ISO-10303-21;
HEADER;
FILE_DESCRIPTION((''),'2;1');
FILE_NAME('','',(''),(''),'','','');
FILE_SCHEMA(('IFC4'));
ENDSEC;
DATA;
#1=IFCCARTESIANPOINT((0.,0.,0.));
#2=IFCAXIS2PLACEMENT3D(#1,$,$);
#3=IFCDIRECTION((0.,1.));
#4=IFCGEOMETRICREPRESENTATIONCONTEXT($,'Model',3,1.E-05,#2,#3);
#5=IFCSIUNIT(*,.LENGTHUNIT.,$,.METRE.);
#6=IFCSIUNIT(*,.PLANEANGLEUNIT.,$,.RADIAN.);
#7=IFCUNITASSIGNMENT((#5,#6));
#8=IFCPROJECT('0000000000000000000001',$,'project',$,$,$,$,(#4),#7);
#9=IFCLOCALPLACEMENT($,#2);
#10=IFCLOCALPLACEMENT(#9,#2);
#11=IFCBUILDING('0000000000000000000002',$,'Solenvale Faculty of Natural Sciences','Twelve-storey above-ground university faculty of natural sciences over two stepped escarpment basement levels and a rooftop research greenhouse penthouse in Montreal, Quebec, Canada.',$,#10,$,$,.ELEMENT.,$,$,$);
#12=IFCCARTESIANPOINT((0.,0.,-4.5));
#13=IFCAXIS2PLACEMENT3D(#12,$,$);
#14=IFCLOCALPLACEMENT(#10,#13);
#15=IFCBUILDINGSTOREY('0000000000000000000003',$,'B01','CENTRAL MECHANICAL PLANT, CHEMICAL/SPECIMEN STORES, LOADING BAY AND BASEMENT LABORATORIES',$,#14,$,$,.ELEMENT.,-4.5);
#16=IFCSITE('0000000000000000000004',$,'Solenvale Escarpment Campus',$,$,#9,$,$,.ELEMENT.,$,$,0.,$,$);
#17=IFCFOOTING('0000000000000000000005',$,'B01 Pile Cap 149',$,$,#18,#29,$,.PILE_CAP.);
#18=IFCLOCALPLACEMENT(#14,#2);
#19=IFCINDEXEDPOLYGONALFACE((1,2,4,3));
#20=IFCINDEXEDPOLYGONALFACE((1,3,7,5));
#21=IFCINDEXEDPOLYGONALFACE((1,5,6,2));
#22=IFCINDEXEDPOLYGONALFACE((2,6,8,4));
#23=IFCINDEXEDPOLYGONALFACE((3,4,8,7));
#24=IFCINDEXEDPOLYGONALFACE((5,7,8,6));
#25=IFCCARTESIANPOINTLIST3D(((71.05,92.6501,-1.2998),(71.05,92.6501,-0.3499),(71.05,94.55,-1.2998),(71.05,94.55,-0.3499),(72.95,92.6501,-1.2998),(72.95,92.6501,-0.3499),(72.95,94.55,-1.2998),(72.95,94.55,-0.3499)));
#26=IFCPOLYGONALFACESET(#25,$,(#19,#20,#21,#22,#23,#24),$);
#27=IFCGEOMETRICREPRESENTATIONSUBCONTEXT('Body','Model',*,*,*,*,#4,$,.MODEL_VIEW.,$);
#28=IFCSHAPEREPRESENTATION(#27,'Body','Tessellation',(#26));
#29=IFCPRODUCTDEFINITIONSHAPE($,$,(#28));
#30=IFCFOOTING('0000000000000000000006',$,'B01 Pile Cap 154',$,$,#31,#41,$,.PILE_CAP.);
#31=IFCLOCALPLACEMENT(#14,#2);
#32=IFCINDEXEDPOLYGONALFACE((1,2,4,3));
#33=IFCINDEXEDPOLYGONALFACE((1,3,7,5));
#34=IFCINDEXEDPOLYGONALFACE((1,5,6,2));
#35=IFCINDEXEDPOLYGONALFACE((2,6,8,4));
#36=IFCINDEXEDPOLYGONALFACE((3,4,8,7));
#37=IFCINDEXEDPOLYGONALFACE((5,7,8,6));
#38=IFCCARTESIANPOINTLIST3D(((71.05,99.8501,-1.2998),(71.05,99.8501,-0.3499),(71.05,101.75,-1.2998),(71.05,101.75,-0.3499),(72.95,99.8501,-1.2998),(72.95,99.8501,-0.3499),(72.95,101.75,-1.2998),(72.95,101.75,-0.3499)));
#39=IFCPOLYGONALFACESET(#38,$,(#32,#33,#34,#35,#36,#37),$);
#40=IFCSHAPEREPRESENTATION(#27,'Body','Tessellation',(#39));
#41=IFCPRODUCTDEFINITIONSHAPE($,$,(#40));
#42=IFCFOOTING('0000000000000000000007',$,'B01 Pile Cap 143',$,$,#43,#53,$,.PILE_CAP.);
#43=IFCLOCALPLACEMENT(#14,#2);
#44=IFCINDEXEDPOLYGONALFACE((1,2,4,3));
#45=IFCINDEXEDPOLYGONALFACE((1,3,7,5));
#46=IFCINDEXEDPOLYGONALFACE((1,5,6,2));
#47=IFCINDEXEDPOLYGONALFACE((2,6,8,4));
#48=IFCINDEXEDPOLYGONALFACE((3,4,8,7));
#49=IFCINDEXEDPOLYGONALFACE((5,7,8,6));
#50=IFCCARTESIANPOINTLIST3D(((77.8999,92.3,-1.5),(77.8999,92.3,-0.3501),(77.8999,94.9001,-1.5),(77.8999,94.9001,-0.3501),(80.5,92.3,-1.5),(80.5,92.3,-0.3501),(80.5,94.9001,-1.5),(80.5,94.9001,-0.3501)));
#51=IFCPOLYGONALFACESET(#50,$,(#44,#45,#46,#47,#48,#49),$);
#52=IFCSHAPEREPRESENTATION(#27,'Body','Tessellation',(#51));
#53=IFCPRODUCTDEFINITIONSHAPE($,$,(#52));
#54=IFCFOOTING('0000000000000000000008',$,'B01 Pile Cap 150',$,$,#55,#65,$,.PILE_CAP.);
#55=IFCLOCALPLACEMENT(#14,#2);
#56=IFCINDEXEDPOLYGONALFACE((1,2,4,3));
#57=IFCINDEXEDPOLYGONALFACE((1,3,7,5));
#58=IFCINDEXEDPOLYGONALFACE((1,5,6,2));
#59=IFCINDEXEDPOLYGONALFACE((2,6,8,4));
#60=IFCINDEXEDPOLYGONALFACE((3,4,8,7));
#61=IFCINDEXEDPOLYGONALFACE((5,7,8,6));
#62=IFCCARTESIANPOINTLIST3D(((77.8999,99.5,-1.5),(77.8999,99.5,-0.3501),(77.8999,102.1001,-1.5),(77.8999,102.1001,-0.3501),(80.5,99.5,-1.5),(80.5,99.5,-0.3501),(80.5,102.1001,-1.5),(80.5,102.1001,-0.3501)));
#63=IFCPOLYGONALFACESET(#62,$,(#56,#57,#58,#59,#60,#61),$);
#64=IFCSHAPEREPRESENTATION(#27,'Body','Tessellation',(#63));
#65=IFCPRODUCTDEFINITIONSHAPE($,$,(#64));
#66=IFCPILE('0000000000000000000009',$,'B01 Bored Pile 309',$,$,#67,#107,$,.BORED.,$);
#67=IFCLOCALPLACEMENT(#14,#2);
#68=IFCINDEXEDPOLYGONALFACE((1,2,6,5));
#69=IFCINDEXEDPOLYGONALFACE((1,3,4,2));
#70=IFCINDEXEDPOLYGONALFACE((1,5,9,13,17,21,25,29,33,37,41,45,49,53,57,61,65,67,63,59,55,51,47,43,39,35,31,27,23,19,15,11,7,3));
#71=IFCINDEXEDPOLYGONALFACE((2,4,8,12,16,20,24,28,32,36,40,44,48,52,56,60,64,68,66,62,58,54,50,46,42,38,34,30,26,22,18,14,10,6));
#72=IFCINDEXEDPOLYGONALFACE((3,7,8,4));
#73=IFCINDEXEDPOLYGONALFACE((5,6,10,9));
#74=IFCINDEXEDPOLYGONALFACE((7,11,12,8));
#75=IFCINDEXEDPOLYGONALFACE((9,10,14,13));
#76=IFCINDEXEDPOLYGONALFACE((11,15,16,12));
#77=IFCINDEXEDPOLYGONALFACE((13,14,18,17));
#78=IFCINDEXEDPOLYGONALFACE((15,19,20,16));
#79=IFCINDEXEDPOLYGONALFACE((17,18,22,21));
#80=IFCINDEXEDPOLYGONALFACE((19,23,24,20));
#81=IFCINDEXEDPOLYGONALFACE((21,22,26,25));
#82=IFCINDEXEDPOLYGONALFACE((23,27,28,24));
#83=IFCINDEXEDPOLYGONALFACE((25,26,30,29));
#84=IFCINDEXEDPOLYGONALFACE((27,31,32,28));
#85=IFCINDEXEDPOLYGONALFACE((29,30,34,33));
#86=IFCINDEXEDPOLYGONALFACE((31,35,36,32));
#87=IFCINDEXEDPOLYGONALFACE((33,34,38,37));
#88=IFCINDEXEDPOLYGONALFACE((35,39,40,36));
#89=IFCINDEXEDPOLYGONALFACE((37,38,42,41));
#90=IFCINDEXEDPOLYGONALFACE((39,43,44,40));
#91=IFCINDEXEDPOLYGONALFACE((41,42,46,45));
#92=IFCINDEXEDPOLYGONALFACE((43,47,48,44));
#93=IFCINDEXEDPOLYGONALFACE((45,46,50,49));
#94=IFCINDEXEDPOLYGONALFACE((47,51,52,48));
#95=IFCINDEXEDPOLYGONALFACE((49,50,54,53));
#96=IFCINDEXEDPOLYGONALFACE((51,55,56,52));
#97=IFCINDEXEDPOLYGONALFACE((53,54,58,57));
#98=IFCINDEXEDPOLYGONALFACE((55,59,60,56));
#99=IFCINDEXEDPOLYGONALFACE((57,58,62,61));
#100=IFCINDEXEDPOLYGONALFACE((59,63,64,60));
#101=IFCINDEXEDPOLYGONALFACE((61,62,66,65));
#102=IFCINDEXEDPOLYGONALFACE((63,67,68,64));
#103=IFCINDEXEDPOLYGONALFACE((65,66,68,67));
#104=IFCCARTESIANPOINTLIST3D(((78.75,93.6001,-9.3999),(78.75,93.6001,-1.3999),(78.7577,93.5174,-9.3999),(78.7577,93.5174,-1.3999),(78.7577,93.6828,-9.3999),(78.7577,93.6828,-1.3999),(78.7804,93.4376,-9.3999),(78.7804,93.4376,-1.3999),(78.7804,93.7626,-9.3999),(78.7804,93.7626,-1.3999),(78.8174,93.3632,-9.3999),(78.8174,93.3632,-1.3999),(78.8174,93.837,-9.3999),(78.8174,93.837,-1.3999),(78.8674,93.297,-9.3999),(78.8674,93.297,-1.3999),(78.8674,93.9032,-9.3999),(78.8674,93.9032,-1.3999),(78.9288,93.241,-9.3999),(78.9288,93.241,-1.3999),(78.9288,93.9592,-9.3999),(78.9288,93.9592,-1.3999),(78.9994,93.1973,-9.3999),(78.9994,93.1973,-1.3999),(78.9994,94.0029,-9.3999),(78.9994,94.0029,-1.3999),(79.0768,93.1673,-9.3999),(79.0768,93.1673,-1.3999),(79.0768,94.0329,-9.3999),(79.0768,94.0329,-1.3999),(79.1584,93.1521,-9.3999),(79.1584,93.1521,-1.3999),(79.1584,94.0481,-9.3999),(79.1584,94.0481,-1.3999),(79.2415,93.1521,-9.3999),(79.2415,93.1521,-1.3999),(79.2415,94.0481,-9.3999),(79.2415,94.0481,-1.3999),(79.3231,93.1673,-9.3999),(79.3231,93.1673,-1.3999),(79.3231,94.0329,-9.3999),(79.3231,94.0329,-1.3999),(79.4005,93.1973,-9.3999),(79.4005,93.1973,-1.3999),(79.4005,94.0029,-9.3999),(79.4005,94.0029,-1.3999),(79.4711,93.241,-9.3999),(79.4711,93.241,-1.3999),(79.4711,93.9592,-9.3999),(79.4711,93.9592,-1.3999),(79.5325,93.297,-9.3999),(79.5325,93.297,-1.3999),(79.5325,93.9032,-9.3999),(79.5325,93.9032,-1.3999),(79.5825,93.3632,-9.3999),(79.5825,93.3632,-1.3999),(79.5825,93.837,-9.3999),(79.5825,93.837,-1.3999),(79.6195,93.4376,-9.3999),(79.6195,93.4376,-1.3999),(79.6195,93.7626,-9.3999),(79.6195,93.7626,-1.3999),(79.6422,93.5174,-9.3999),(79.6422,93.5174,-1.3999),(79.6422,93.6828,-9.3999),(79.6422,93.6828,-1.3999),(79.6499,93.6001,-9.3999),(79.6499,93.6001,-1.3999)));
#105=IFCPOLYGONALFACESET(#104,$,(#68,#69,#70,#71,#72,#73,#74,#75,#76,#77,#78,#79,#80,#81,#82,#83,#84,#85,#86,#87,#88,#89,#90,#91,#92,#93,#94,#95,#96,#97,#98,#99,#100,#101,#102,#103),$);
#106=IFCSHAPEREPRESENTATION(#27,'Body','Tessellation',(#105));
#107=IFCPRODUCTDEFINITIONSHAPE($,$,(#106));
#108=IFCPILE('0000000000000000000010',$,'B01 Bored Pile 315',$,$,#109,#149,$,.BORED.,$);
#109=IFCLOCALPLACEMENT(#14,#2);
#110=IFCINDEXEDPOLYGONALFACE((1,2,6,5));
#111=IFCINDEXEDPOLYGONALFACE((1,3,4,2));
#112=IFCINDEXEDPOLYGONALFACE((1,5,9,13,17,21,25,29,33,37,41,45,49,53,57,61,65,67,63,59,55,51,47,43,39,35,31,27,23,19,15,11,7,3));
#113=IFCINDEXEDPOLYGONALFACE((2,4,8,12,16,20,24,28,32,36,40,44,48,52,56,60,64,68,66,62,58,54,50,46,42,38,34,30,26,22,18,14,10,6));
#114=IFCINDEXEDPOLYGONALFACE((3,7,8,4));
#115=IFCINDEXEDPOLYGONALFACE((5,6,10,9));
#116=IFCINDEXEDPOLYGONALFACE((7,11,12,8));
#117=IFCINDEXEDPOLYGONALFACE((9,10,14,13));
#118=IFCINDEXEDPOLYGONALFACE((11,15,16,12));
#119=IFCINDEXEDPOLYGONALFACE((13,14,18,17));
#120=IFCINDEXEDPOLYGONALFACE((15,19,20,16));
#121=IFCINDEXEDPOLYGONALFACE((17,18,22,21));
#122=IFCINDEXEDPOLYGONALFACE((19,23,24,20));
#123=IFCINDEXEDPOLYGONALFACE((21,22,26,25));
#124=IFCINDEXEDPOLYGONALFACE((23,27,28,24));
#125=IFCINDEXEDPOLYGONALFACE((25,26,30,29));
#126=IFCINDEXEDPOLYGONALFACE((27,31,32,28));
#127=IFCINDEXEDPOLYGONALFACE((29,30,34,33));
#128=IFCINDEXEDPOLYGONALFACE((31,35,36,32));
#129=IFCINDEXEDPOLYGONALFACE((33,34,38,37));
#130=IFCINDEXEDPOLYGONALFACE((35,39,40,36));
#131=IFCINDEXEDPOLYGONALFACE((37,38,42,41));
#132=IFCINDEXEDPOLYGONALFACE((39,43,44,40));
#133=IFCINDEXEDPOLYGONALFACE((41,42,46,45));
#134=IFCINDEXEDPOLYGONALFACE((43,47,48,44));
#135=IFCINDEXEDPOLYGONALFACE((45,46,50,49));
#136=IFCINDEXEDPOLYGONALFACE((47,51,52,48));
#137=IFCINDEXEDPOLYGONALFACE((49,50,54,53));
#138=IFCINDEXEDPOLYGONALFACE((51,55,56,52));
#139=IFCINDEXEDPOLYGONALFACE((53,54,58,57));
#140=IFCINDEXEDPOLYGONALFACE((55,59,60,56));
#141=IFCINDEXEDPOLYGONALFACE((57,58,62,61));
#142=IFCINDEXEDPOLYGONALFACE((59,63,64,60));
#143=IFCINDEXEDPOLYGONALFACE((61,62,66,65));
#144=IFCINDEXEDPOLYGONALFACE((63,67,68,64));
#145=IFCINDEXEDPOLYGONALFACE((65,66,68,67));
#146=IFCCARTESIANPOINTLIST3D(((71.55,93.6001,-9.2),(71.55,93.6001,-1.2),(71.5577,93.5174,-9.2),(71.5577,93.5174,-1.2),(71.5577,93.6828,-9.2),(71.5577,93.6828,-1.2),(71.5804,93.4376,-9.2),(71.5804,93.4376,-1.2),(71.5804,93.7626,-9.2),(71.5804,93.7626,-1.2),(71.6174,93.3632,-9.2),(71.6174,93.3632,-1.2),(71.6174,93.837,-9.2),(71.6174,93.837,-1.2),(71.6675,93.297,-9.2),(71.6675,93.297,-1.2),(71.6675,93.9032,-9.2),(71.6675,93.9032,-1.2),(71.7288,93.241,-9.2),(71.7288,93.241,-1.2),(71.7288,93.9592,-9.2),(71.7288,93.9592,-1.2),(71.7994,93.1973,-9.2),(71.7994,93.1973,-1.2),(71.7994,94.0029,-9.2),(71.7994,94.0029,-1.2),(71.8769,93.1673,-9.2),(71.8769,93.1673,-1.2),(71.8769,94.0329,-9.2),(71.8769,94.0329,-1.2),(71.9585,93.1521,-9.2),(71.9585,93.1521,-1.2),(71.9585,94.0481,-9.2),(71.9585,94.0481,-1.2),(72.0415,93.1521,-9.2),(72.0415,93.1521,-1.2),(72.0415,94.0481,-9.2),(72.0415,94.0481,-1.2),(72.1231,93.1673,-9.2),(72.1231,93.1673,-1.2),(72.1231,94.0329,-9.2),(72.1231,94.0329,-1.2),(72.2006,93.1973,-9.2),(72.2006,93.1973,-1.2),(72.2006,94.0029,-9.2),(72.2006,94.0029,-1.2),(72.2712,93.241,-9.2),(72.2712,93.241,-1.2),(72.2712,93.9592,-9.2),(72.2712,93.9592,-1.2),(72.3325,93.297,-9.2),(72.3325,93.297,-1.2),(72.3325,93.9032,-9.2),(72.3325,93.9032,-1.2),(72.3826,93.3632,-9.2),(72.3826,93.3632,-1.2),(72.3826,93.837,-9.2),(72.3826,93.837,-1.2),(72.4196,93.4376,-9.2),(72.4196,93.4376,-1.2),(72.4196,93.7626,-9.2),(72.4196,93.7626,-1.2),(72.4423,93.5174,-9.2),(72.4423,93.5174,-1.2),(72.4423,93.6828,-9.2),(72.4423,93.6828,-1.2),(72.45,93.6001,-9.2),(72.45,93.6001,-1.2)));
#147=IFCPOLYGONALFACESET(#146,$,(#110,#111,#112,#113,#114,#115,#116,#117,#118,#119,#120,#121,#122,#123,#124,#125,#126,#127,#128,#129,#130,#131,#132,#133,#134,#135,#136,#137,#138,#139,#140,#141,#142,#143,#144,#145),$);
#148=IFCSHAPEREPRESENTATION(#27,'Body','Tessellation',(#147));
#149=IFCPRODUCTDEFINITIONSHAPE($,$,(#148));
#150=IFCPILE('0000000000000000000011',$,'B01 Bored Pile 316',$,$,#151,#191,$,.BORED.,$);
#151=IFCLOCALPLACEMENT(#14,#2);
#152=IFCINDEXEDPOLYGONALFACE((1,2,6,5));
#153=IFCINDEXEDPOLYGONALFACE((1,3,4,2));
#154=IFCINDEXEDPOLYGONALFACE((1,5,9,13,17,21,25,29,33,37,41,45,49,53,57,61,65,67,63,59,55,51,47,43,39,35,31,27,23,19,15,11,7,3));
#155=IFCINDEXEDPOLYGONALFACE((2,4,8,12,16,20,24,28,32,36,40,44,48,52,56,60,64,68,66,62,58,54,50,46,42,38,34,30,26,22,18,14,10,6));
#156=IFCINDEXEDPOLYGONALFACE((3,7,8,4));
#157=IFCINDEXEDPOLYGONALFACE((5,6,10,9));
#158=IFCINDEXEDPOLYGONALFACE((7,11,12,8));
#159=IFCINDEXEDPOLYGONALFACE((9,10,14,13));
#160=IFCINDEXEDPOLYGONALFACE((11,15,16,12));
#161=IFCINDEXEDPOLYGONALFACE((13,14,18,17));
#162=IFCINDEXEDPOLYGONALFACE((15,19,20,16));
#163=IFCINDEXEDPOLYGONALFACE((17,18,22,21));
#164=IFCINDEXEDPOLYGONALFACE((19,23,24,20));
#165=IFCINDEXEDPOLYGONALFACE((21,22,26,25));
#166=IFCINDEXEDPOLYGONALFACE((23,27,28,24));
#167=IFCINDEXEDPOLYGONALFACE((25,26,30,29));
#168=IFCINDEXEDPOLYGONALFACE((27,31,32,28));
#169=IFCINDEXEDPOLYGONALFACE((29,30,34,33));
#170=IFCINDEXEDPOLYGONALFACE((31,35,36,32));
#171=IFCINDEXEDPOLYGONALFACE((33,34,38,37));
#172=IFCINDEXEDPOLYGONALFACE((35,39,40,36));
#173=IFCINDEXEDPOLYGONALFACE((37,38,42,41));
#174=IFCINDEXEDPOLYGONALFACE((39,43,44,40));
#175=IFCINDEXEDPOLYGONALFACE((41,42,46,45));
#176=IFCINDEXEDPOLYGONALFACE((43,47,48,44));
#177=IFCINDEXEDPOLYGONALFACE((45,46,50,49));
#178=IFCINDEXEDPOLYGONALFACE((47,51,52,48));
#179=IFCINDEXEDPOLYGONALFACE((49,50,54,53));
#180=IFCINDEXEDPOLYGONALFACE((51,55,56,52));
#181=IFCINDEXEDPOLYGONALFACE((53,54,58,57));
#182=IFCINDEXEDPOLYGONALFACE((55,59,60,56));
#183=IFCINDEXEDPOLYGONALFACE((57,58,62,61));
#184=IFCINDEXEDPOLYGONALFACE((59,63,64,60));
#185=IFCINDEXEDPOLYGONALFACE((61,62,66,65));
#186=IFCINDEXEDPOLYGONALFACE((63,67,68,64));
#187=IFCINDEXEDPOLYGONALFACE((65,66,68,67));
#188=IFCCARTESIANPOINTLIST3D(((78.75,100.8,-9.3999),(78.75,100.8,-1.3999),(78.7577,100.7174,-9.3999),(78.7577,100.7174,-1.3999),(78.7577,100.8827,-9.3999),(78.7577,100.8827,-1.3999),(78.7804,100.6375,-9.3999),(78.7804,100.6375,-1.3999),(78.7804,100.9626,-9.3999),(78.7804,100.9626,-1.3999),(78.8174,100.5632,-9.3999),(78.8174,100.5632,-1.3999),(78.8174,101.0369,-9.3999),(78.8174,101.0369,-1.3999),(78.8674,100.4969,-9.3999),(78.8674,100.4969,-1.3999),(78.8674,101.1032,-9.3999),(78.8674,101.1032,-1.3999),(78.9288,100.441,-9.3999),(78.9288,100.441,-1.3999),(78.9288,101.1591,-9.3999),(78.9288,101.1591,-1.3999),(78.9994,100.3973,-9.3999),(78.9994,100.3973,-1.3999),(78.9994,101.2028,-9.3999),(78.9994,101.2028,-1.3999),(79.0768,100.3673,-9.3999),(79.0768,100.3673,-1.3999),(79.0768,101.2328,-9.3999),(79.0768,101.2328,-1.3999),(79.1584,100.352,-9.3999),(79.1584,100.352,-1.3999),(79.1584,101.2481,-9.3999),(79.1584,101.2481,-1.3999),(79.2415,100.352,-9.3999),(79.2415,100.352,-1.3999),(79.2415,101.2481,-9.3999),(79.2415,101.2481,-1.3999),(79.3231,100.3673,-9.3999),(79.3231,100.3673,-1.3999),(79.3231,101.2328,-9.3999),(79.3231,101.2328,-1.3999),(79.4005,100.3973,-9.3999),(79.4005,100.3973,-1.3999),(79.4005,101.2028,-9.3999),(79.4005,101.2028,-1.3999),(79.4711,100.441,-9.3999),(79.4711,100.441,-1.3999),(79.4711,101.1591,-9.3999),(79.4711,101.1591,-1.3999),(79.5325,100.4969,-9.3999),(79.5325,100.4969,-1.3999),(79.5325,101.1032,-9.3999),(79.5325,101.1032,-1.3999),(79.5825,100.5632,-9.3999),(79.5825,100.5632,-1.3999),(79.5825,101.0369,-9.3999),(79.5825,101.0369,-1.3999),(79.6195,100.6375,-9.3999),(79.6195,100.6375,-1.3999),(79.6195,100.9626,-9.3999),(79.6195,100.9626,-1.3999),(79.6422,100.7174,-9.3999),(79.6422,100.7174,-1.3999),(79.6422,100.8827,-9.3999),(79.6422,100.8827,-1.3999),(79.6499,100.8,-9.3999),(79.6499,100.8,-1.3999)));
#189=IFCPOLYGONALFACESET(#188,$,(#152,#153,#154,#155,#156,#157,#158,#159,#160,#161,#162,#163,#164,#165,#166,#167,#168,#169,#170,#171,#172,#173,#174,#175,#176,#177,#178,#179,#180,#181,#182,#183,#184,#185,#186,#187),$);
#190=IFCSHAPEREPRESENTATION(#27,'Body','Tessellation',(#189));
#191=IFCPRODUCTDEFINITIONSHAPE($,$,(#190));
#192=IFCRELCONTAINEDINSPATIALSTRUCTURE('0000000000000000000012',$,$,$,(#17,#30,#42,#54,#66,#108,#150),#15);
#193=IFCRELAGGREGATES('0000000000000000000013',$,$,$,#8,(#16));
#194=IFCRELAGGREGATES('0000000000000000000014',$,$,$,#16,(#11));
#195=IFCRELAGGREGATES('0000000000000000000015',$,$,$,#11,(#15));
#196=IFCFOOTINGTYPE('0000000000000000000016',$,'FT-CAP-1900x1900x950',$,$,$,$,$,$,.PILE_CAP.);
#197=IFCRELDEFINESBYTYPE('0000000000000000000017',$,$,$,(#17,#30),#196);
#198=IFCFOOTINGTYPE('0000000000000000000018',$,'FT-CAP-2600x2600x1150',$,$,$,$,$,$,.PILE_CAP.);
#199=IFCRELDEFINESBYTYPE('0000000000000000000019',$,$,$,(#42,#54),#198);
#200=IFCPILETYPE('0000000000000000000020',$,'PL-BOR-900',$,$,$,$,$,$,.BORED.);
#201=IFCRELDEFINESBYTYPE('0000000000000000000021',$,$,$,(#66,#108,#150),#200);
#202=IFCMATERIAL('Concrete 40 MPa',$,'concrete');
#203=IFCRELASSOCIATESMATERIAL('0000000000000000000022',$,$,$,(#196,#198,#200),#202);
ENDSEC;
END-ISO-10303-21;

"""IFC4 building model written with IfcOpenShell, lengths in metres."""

from ifc_helpers import new_model, si_unit, direction, frame, origin, origin_2d, place, context, subcontext, project, spatial, rectangle, circle, extrude, material, material_profile, profile_set, type_object, element, save


model = new_model("IFC4")

# Units and contexts
model_context = context("Model", 3, precision=1e-05, world=origin(), true_north=direction((0.0, 1.0)))
body_context = subcontext(model_context, "Body", "Model", "MODEL_VIEW")
ifc_project = project(units=[si_unit("LENGTHUNIT", "METRE"), si_unit("PLANEANGLEUNIT", "RADIAN")], contexts=[model_context])

# Site, building, storey
site_placement = place(None, origin())
site = spatial("IfcSite", under=ifc_project, at=site_placement, Name="Solenvale Escarpment Campus", CompositionType="ELEMENT", RefElevation=0.0)
building_placement = place(site_placement, origin())
building = spatial("IfcBuilding", under=site, at=building_placement, Name="Solenvale Faculty of Natural Sciences", Description="Twelve-storey above-ground university faculty of natural sciences over two stepped escarpment basement levels and a rooftop research greenhouse penthouse in Montreal, Quebec, Canada.", CompositionType="ELEMENT")
storey_placement = place(building_placement, frame((0.0, 0.0, -4.5)))
storey = spatial("IfcBuildingStorey", under=building, at=storey_placement, Name="B01", Description="CENTRAL MECHANICAL PLANT, CHEMICAL/SPECIMEN STORES, LOADING BAY AND BASEMENT LABORATORIES", CompositionType="ELEMENT", Elevation=-4.5)

# Footings
ifc_material_1 = material(Name="Concrete 40 MPa", Category="concrete")
footing_type_1 = type_object("IfcFootingType", Name="FT-CAP-1900x1900x950", PredefinedType="PILE_CAP", material=ifc_material_1)
for number, where, z_axis, x_axis, name in (
    (1, (72.0, 93.6001, -1.2998), (0.0, 0.0, 1.0), (1.0, 0.0, 0.0), "B01 Pile Cap 149"),
    (2, (72.0, 100.8, -1.2998), (0.0, 0.0, 1.0), (1.0, 0.0, 0.0), "B01 Pile Cap 154"),
):
    element("IfcFooting", number, at=place(storey_placement, frame(where, z_axis=z_axis, x_axis=x_axis)), inside=storey, type_object=footing_type_1, Name=name, PredefinedType="PILE_CAP", context=body_context, shape_type="SweptSolid", body=[
        extrude(rectangle(XDim=1.8999, YDim=1.8999, at=origin_2d()), origin(), (0.0, 0.0, 1.0), 0.95),
    ])
footing_type_2 = type_object("IfcFootingType", Name="FT-CAP-2600x2600x1150", PredefinedType="PILE_CAP", material=ifc_material_1)
for number, where, z_axis, x_axis, name in (
    (3, (79.2, 93.6001, -1.5), (0.0, 0.0, 1.0), (1.0, 0.0, 0.0), "B01 Pile Cap 143"),
    (4, (79.2, 100.8, -1.5), (0.0, 0.0, 1.0), (1.0, 0.0, 0.0), "B01 Pile Cap 150"),
):
    element("IfcFooting", number, at=place(storey_placement, frame(where, z_axis=z_axis, x_axis=x_axis)), inside=storey, type_object=footing_type_2, Name=name, PredefinedType="PILE_CAP", context=body_context, shape_type="SweptSolid", body=[
        extrude(rectangle(XDim=2.6001, YDim=2.6001, at=origin_2d()), origin(), (0.0, 0.0, 1.0), 1.1499),
    ])

# Piles
ifc_material_profile_1 = material_profile(ifc_material_1, circle(Radius=0.45, at=origin_2d()), Name="PILE-D900")
ifc_profile_set_1 = profile_set([ifc_material_profile_1], Name="Concrete 40 MPa")
pile_type = type_object("IfcPileType", Name="PL-BOR-900", PredefinedType="BORED", material=ifc_profile_set_1)
for number, where, z_axis, x_axis, name in (
    (5, (79.2, 93.6001, -1.3999), (0.0, 0.0, -1.0), (1.0, 0.0, 0.0), "B01 Bored Pile 309"),
    (6, (72.0, 93.6001, -1.2), (0.0, 0.0, -1.0), (1.0, 0.0, 0.0), "B01 Bored Pile 315"),
    (7, (79.2, 100.8, -1.3999), (0.0, 0.0, -1.0), (1.0, 0.0, 0.0), "B01 Bored Pile 316"),
):
    element("IfcPile", number, at=place(storey_placement, frame(where, z_axis=z_axis, x_axis=x_axis)), inside=storey, type_object=pile_type, Name=name, PredefinedType="BORED", context=body_context, shape_type="SweptSolid", body=[
        extrude(circle(Radius=0.45, at=origin_2d()), origin(), (0.0, 0.0, 1.0), 8.0),
    ])

save(model, "model.ifc")
